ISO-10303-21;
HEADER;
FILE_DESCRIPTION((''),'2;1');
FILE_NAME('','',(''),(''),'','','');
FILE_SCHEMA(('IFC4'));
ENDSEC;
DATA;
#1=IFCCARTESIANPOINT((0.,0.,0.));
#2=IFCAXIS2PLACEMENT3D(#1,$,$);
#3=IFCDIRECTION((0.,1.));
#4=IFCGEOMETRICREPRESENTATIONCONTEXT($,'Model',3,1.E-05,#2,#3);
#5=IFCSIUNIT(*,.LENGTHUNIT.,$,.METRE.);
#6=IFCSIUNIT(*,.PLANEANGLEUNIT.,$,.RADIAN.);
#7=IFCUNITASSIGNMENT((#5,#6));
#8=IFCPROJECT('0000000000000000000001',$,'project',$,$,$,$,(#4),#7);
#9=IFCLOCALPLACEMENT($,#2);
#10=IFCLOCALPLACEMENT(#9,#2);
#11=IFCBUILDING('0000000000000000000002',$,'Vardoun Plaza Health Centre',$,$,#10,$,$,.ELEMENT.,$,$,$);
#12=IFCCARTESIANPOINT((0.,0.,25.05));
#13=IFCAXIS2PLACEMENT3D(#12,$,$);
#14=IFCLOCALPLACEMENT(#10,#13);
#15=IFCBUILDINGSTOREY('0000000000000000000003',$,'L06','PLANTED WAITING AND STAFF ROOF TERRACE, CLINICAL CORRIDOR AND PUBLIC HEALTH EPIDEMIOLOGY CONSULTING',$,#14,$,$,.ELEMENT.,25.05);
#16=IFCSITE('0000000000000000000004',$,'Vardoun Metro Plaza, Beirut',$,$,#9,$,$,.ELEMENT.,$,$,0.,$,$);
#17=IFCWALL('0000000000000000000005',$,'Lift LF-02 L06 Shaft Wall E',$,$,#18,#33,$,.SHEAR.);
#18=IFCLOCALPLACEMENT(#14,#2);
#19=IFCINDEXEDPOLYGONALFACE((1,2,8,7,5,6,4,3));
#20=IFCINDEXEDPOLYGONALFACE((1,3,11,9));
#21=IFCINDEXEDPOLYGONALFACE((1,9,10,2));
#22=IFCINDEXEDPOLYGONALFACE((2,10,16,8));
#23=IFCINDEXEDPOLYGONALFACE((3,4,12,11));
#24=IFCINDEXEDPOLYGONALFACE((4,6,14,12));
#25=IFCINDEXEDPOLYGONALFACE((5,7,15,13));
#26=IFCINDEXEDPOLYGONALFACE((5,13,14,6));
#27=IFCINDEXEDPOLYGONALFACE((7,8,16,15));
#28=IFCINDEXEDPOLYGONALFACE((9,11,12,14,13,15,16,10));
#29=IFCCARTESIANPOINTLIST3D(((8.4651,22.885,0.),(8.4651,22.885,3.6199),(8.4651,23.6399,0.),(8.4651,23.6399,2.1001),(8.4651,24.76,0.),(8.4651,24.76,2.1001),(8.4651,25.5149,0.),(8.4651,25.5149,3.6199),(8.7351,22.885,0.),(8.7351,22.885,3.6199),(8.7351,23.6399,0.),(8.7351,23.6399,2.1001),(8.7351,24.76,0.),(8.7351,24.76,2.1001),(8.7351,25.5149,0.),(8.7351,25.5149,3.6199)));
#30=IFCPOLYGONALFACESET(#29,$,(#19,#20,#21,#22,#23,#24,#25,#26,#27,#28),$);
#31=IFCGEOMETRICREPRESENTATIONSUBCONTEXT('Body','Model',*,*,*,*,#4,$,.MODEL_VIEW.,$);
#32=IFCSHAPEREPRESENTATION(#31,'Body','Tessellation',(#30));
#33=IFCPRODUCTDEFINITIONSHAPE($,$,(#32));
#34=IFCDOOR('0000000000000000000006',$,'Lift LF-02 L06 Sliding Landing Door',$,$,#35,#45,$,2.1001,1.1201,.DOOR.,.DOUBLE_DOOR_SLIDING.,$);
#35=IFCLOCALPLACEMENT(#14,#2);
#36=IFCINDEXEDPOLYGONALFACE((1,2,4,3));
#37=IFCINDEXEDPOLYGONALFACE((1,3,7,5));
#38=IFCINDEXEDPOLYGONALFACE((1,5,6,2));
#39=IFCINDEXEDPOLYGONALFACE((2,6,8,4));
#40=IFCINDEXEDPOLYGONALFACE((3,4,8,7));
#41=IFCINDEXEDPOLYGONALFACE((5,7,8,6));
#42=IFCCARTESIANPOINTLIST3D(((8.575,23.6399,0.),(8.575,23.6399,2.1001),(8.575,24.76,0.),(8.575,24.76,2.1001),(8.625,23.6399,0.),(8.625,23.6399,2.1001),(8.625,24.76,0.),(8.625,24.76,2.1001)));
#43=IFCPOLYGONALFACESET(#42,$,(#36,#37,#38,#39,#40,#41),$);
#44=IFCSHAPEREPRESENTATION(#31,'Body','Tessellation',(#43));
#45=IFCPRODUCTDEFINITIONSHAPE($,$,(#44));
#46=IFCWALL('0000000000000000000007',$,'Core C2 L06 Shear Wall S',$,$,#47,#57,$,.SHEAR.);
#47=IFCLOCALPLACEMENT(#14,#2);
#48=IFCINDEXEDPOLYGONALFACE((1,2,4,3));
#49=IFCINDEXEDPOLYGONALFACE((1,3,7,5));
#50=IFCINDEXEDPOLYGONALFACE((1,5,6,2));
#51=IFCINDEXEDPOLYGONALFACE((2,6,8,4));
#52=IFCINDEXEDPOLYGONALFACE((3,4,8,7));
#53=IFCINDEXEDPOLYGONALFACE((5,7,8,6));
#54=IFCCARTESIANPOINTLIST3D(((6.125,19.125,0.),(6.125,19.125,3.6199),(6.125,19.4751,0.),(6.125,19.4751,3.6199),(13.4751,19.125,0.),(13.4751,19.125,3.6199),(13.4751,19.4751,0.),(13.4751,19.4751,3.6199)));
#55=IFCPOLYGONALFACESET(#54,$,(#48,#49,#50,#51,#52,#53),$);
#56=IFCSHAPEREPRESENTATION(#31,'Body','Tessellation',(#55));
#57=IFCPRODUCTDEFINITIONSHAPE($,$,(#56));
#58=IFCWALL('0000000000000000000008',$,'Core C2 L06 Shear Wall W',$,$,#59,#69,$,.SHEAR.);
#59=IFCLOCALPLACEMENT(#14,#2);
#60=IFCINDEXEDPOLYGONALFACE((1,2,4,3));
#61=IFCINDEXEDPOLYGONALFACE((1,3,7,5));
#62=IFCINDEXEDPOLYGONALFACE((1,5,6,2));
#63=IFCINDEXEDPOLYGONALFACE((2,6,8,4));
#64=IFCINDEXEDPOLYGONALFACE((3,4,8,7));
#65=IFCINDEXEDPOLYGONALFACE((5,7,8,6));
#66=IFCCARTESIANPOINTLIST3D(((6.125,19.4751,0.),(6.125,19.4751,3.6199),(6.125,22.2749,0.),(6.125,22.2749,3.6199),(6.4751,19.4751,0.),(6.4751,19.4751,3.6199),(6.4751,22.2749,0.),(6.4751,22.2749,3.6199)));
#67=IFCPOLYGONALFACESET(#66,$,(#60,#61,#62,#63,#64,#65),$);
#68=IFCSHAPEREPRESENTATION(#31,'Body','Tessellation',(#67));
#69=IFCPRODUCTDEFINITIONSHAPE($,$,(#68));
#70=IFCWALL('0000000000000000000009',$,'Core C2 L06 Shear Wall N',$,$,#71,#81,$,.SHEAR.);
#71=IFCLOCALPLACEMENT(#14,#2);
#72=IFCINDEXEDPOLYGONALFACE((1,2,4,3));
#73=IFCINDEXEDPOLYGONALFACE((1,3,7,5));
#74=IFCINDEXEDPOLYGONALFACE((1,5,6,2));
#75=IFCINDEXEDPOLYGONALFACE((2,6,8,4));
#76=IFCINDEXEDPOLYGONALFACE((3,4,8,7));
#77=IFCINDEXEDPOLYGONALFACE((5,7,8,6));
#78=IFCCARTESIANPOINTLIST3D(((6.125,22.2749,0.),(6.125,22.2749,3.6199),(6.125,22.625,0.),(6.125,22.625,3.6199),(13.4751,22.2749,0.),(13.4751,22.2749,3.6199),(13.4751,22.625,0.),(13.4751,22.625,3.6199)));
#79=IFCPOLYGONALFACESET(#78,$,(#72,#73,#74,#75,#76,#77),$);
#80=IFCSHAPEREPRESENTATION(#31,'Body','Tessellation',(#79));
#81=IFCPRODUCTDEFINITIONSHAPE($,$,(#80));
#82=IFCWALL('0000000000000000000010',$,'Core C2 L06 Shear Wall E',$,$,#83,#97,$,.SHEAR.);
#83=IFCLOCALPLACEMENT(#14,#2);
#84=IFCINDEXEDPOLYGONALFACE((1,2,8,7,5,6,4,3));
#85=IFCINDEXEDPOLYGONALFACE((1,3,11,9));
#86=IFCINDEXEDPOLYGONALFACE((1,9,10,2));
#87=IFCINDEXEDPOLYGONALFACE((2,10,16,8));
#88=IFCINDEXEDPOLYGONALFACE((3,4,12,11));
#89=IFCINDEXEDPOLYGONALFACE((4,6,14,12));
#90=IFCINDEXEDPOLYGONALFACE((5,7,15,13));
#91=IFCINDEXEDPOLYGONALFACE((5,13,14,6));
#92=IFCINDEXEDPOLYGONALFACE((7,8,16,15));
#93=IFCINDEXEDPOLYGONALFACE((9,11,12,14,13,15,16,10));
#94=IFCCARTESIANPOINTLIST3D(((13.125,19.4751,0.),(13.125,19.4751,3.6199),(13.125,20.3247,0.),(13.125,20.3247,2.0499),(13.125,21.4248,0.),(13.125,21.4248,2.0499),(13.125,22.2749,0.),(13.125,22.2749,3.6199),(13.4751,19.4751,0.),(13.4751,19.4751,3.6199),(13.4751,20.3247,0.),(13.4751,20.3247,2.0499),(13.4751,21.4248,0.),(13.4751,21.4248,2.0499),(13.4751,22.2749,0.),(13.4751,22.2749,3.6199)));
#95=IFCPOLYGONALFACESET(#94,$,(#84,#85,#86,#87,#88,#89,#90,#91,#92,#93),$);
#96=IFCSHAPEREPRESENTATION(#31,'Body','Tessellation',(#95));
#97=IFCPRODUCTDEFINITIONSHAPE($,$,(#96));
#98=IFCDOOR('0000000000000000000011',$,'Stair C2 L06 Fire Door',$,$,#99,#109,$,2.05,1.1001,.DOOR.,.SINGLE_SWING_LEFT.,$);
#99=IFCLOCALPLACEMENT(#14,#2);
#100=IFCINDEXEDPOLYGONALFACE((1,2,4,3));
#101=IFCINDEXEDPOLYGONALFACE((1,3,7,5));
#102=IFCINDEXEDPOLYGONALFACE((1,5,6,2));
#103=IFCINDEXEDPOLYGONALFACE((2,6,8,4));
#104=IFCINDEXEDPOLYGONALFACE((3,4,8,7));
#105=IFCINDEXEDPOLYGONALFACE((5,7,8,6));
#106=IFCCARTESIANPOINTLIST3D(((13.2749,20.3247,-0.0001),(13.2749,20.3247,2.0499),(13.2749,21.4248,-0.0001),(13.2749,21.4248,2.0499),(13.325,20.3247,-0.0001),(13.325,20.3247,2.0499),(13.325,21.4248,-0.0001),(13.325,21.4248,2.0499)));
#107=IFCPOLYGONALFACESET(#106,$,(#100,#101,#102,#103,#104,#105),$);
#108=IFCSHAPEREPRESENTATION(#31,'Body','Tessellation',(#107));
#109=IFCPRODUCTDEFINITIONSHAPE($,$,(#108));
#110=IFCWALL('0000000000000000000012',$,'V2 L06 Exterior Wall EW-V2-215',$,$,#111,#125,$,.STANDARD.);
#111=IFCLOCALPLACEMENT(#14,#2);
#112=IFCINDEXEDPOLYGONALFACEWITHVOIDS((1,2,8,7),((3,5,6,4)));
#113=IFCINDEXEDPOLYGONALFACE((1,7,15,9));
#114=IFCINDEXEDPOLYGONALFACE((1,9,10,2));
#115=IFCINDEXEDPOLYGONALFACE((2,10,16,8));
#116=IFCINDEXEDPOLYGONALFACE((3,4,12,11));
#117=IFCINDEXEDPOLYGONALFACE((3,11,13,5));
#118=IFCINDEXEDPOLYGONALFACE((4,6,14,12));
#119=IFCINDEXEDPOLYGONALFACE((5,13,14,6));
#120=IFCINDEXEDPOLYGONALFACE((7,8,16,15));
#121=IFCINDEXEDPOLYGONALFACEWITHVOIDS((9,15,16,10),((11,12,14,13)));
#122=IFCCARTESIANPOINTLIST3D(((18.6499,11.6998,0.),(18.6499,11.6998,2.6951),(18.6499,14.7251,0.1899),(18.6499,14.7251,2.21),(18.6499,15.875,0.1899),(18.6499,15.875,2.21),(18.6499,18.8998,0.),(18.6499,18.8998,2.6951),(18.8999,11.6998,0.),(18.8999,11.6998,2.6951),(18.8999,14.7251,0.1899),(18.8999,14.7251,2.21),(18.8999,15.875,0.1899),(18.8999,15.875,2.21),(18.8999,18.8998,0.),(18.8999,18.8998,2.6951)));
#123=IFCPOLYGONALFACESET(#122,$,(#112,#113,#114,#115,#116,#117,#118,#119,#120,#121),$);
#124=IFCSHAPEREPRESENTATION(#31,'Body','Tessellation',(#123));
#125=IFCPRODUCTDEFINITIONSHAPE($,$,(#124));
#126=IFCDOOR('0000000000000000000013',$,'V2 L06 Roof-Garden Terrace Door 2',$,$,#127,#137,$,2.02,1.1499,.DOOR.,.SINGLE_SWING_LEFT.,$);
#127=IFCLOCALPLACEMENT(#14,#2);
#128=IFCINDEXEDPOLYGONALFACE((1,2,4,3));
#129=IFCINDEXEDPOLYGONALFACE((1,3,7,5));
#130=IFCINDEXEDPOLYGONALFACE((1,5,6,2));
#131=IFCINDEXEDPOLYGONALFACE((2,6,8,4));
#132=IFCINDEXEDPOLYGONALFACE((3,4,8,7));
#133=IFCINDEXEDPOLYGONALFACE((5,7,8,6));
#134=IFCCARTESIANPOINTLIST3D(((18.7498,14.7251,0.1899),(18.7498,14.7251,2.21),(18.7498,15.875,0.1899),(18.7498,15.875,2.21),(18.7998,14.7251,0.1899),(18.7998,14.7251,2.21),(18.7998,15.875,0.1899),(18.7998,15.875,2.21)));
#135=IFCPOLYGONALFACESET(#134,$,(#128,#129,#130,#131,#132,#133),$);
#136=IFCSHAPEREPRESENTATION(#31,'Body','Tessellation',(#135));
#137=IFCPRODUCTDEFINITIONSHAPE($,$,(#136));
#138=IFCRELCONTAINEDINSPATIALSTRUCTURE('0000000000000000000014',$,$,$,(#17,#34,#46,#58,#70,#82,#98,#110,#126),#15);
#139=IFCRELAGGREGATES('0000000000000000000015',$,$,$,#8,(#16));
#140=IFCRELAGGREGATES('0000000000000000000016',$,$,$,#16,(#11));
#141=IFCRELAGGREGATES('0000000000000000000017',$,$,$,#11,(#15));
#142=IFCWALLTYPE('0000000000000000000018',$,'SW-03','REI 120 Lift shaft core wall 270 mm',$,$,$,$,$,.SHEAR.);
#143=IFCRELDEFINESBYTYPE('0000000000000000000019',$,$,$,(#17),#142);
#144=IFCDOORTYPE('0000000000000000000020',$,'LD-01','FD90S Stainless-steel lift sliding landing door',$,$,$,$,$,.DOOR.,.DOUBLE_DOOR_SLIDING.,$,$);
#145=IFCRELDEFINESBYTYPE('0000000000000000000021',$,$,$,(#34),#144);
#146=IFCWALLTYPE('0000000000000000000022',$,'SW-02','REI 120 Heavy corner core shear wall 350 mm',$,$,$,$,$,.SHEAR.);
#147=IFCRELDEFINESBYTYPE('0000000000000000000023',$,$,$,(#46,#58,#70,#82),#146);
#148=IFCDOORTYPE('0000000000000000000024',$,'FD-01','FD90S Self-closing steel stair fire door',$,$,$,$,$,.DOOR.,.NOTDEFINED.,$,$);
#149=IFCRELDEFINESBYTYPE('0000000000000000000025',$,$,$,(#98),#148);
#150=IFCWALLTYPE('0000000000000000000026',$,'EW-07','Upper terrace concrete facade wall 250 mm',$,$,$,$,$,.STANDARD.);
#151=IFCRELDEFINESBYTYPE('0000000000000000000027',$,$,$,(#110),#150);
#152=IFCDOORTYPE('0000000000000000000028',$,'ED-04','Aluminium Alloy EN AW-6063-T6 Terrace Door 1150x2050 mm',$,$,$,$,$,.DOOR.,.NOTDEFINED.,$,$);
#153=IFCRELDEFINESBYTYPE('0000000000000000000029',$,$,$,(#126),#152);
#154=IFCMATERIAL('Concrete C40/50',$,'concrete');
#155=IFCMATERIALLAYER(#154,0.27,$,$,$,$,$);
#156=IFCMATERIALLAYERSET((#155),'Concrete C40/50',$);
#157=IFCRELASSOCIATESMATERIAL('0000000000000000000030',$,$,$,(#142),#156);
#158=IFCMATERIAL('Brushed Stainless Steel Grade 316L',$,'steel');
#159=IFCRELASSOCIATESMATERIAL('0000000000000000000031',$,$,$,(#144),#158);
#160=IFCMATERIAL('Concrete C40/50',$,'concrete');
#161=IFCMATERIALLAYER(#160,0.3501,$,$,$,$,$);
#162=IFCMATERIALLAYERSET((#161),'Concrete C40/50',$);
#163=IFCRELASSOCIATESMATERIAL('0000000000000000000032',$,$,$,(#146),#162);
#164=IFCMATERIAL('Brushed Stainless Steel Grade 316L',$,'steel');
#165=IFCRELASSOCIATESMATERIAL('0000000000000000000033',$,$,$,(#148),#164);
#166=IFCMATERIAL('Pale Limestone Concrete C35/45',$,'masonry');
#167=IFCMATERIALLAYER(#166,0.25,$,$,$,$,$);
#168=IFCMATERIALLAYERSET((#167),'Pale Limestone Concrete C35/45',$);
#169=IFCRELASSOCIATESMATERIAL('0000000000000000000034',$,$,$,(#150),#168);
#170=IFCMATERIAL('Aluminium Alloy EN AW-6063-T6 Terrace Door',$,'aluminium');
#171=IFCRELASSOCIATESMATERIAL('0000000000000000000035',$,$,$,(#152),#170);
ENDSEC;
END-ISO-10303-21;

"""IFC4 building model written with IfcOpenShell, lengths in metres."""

from ifc_helpers import new_model, si_unit, direction, frame, frame_2d, origin, place, context, subcontext, project, spatial, rectangle, extrude, material, layer, layer_set, type_object, element, fill, save


model = new_model("IFC4")

# Units and contexts
model_context = context("Model", 3, precision=1e-05, world=origin(), true_north=direction((0.0, 1.0)))
body_context = subcontext(model_context, "Body", "Model", "MODEL_VIEW")
ifc_project = project(units=[si_unit("LENGTHUNIT", "METRE"), si_unit("PLANEANGLEUNIT", "RADIAN")], contexts=[model_context])

# Site, building, storey
site_placement = place(None, origin())
site = spatial("IfcSite", under=ifc_project, at=site_placement, Name="Vardoun Metro Plaza, Beirut", CompositionType="ELEMENT", RefElevation=0.0)
building_placement = place(site_placement, origin())
building = spatial("IfcBuilding", under=site, at=building_placement, Name="Vardoun Plaza Health Centre", CompositionType="ELEMENT")
storey_placement = place(building_placement, frame((0.0, 0.0, 25.05)))
storey = spatial("IfcBuildingStorey", under=building, at=storey_placement, Name="L06", Description="PLANTED WAITING AND STAFF ROOF TERRACE, CLINICAL CORRIDOR AND PUBLIC HEALTH EPIDEMIOLOGY CONSULTING", CompositionType="ELEMENT", Elevation=25.05)

# Shared definitions
ifc_material_1 = material(Name="Concrete C40/50", Category="concrete")
ifc_layer_1 = layer(ifc_material_1, 0.27)
ifc_layer_set_1 = layer_set([ifc_layer_1], Name="Concrete C40/50")
wall_type_1 = type_object("IfcWallType", Name="SW-03", Description="REI 120 Lift shaft core wall 270 mm", PredefinedType="SHEAR", material=ifc_layer_set_1)

# Wall, opening, door
wall_1_placement = place(storey_placement, frame((8.6001, 25.5149, 0.0), z_axis=(0.0, 0.0, 1.0), x_axis=(0.0, -1.0, 0.0)))
wall_1 = element("IfcWall", 1, at=wall_1_placement, inside=storey, type_object=wall_type_1, Name="Lift LF-02 L06 Shaft Wall E", PredefinedType="SHEAR", context=body_context, shape_type="SweptSolid", body=[
    extrude(rectangle(XDim=2.6299, YDim=0.27, at=frame_2d((1.3149, 0.0))), origin(), (0.0, 0.0, 1.0), 3.6199),
])
opening_1_placement = place(wall_1_placement, frame((0.7549, 0.0, 0.0)))
opening_1 = element("IfcOpeningElement", 2, at=opening_1_placement, cuts=wall_1, PredefinedType="OPENING", context=body_context, shape_type="SweptSolid", body=[
    extrude(rectangle(XDim=1.1201, YDim=2.1001, at=frame_2d((0.5601, 1.05))), frame((0.0, 0.135, 0.0), z_axis=(0.0, -1.0, 0.0), x_axis=(1.0, 0.0, 0.0)), (0.0, 0.0, 1.0), 0.27),
])
ifc_material_2 = material(Name="Brushed Stainless Steel Grade 316L", Category="steel")
door_type_1 = type_object("IfcDoorType", Name="LD-01", Description="FD90S Stainless-steel lift sliding landing door", OperationType="DOUBLE_DOOR_SLIDING", PredefinedType="DOOR", material=ifc_material_2)
door_1_placement = place(opening_1_placement, origin())
door_1 = element("IfcDoor", 3, at=door_1_placement, inside=storey, type_object=door_type_1, Name="Lift LF-02 L06 Sliding Landing Door", OperationType="DOUBLE_DOOR_SLIDING", OverallHeight=2.1001, OverallWidth=1.1201, PredefinedType="DOOR", context=body_context, shape_type="SweptSolid", body=[
    extrude(rectangle(XDim=1.1201, YDim=2.1001, at=frame_2d((0.5601, 1.05))), frame((0.0, 0.0249, 0.0), z_axis=(0.0, -1.0, 0.0), x_axis=(1.0, 0.0, 0.0)), (0.0, 0.0, 1.0), 0.05),
])
fill(opening_1, door_1)

# Walls
ifc_material_3 = material(Name="Concrete C40/50", Category="concrete")
ifc_layer_2 = layer(ifc_material_3, 0.3501)
ifc_layer_set_2 = layer_set([ifc_layer_2], Name="Concrete C40/50")
wall_type_2 = type_object("IfcWallType", Name="SW-02", Description="REI 120 Heavy corner core shear wall 350 mm", PredefinedType="SHEAR", material=ifc_layer_set_2)
wall_2_placement = place(storey_placement, frame((13.4751, 19.3, 0.0), z_axis=(0.0, 0.0, 1.0), x_axis=(-1.0, 0.0, 0.0)))
element("IfcWall", 4, at=wall_2_placement, inside=storey, type_object=wall_type_2, Name="Core C2 L06 Shear Wall S", PredefinedType="SHEAR", context=body_context, shape_type="SweptSolid", body=[
    extrude(rectangle(XDim=7.3501, YDim=0.3501, at=frame_2d((3.675, 0.0))), origin(), (0.0, 0.0, 1.0), 3.6199),
])
wall_3_placement = place(storey_placement, frame((6.3, 19.4751, 0.0), z_axis=(0.0, 0.0, 1.0), x_axis=(0.0, 1.0, 0.0)))
element("IfcWall", 5, at=wall_3_placement, inside=storey, type_object=wall_type_2, Name="Core C2 L06 Shear Wall W", PredefinedType="SHEAR", context=body_context, shape_type="SweptSolid", body=[
    extrude(rectangle(XDim=2.7998, YDim=0.3501, at=frame_2d((1.3999, 0.0))), origin(), (0.0, 0.0, 1.0), 3.6199),
])
wall_4_placement = place(storey_placement, frame((6.125, 22.45, 0.0), z_axis=(0.0, 0.0, 1.0), x_axis=(1.0, 0.0, 0.0)))
element("IfcWall", 6, at=wall_4_placement, inside=storey, type_object=wall_type_2, Name="Core C2 L06 Shear Wall N", PredefinedType="SHEAR", context=body_context, shape_type="SweptSolid", body=[
    extrude(rectangle(XDim=7.3501, YDim=0.3501, at=frame_2d((3.675, 0.0))), origin(), (0.0, 0.0, 1.0), 3.6199),
])

# Walls, openings, doors
wall_5_placement = place(storey_placement, frame((13.3, 22.2749, 0.0), z_axis=(0.0, 0.0, 1.0), x_axis=(0.0, -1.0, 0.0)))
wall_5 = element("IfcWall", 7, at=wall_5_placement, inside=storey, type_object=wall_type_2, Name="Core C2 L06 Shear Wall E", PredefinedType="SHEAR", context=body_context, shape_type="SweptSolid", body=[
    extrude(rectangle(XDim=2.7998, YDim=0.3501, at=frame_2d((1.3999, 0.0))), origin(), (0.0, 0.0, 1.0), 3.6199),
])
opening_2_placement = place(wall_5_placement, frame((0.8501, 0.0, 0.0)))
opening_2 = element("IfcOpeningElement", 8, at=opening_2_placement, cuts=wall_5, PredefinedType="OPENING", context=body_context, shape_type="SweptSolid", body=[
    extrude(rectangle(XDim=1.1001, YDim=2.05, at=frame_2d((0.55, 1.0249))), frame((0.0, 0.175, 0.0), z_axis=(0.0, -1.0, 0.0), x_axis=(1.0, 0.0, 0.0)), (0.0, 0.0, 1.0), 0.3501),
])
ifc_material_4 = material(Name="Brushed Stainless Steel Grade 316L", Category="steel")
door_type_2 = type_object("IfcDoorType", Name="FD-01", Description="FD90S Self-closing steel stair fire door", OperationType="NOTDEFINED", PredefinedType="DOOR", material=ifc_material_4)
door_2_placement = place(opening_2_placement, origin())
door_2 = element("IfcDoor", 9, at=door_2_placement, inside=storey, type_object=door_type_2, Name="Stair C2 L06 Fire Door", OperationType="SINGLE_SWING_LEFT", OverallHeight=2.05, OverallWidth=1.1001, PredefinedType="DOOR", context=body_context, shape_type="SweptSolid", body=[
    extrude(rectangle(XDim=1.1001, YDim=2.05, at=frame_2d((0.55, 1.0249))), frame((0.0, 0.0249, 0.0), z_axis=(0.0, -1.0, 0.0), x_axis=(1.0, 0.0, 0.0)), (0.0, 0.0, 1.0), 0.05),
])
fill(opening_2, door_2)
ifc_material_5 = material(Name="Pale Limestone Concrete C35/45", Category="masonry")
ifc_layer_3 = layer(ifc_material_5, 0.25)
ifc_layer_set_3 = layer_set([ifc_layer_3], Name="Pale Limestone Concrete C35/45")
wall_type_3 = type_object("IfcWallType", Name="EW-07", Description="Upper terrace concrete facade wall 250 mm", PredefinedType="STANDARD", material=ifc_layer_set_3)
wall_6_placement = place(storey_placement, frame((18.7749, 18.8999, 0.0), z_axis=(0.0, 0.0, 1.0), x_axis=(0.0, -1.0, 0.0)))
wall_6 = element("IfcWall", 10, at=wall_6_placement, inside=storey, type_object=wall_type_3, Name="V2 L06 Exterior Wall EW-V2-215", PredefinedType="STANDARD", context=body_context, shape_type="SweptSolid", body=[
    extrude(rectangle(XDim=7.2, YDim=0.25, at=frame_2d((3.6001, 0.0))), origin(), (0.0, 0.0, 1.0), 2.6951),
])
opening_3_placement = place(wall_6_placement, frame((3.0249, 0.0, 0.1899)))
opening_3 = element("IfcOpeningElement", 11, at=opening_3_placement, cuts=wall_6, PredefinedType="OPENING", context=body_context, shape_type="SweptSolid", body=[
    extrude(rectangle(XDim=1.1499, YDim=2.02, at=frame_2d((0.575, 1.01))), frame((0.0, 0.125, 0.0), z_axis=(0.0, -1.0, 0.0), x_axis=(1.0, 0.0, 0.0)), (0.0, 0.0, 1.0), 0.25),
])
ifc_material_6 = material(Name="Aluminium Alloy EN AW-6063-T6 Terrace Door", Category="aluminium")
door_type_3 = type_object("IfcDoorType", Name="ED-04", Description="Aluminium Alloy EN AW-6063-T6 Terrace Door 1150x2050 mm", OperationType="NOTDEFINED", PredefinedType="DOOR", material=ifc_material_6)
door_3_placement = place(opening_3_placement, origin())
door_3 = element("IfcDoor", 12, at=door_3_placement, inside=storey, type_object=door_type_3, Name="V2 L06 Roof-Garden Terrace Door 2", OperationType="SINGLE_SWING_LEFT", OverallHeight=2.02, OverallWidth=1.1499, PredefinedType="DOOR", context=body_context, shape_type="SweptSolid", body=[
    extrude(rectangle(XDim=1.1499, YDim=2.02, at=frame_2d((0.575, 1.01))), frame((0.0, 0.0249, 0.0), z_axis=(0.0, -1.0, 0.0), x_axis=(1.0, 0.0, 0.0)), (0.0, 0.0, 1.0), 0.05),
])
fill(opening_3, door_3)

save(model, "model.ifc")
